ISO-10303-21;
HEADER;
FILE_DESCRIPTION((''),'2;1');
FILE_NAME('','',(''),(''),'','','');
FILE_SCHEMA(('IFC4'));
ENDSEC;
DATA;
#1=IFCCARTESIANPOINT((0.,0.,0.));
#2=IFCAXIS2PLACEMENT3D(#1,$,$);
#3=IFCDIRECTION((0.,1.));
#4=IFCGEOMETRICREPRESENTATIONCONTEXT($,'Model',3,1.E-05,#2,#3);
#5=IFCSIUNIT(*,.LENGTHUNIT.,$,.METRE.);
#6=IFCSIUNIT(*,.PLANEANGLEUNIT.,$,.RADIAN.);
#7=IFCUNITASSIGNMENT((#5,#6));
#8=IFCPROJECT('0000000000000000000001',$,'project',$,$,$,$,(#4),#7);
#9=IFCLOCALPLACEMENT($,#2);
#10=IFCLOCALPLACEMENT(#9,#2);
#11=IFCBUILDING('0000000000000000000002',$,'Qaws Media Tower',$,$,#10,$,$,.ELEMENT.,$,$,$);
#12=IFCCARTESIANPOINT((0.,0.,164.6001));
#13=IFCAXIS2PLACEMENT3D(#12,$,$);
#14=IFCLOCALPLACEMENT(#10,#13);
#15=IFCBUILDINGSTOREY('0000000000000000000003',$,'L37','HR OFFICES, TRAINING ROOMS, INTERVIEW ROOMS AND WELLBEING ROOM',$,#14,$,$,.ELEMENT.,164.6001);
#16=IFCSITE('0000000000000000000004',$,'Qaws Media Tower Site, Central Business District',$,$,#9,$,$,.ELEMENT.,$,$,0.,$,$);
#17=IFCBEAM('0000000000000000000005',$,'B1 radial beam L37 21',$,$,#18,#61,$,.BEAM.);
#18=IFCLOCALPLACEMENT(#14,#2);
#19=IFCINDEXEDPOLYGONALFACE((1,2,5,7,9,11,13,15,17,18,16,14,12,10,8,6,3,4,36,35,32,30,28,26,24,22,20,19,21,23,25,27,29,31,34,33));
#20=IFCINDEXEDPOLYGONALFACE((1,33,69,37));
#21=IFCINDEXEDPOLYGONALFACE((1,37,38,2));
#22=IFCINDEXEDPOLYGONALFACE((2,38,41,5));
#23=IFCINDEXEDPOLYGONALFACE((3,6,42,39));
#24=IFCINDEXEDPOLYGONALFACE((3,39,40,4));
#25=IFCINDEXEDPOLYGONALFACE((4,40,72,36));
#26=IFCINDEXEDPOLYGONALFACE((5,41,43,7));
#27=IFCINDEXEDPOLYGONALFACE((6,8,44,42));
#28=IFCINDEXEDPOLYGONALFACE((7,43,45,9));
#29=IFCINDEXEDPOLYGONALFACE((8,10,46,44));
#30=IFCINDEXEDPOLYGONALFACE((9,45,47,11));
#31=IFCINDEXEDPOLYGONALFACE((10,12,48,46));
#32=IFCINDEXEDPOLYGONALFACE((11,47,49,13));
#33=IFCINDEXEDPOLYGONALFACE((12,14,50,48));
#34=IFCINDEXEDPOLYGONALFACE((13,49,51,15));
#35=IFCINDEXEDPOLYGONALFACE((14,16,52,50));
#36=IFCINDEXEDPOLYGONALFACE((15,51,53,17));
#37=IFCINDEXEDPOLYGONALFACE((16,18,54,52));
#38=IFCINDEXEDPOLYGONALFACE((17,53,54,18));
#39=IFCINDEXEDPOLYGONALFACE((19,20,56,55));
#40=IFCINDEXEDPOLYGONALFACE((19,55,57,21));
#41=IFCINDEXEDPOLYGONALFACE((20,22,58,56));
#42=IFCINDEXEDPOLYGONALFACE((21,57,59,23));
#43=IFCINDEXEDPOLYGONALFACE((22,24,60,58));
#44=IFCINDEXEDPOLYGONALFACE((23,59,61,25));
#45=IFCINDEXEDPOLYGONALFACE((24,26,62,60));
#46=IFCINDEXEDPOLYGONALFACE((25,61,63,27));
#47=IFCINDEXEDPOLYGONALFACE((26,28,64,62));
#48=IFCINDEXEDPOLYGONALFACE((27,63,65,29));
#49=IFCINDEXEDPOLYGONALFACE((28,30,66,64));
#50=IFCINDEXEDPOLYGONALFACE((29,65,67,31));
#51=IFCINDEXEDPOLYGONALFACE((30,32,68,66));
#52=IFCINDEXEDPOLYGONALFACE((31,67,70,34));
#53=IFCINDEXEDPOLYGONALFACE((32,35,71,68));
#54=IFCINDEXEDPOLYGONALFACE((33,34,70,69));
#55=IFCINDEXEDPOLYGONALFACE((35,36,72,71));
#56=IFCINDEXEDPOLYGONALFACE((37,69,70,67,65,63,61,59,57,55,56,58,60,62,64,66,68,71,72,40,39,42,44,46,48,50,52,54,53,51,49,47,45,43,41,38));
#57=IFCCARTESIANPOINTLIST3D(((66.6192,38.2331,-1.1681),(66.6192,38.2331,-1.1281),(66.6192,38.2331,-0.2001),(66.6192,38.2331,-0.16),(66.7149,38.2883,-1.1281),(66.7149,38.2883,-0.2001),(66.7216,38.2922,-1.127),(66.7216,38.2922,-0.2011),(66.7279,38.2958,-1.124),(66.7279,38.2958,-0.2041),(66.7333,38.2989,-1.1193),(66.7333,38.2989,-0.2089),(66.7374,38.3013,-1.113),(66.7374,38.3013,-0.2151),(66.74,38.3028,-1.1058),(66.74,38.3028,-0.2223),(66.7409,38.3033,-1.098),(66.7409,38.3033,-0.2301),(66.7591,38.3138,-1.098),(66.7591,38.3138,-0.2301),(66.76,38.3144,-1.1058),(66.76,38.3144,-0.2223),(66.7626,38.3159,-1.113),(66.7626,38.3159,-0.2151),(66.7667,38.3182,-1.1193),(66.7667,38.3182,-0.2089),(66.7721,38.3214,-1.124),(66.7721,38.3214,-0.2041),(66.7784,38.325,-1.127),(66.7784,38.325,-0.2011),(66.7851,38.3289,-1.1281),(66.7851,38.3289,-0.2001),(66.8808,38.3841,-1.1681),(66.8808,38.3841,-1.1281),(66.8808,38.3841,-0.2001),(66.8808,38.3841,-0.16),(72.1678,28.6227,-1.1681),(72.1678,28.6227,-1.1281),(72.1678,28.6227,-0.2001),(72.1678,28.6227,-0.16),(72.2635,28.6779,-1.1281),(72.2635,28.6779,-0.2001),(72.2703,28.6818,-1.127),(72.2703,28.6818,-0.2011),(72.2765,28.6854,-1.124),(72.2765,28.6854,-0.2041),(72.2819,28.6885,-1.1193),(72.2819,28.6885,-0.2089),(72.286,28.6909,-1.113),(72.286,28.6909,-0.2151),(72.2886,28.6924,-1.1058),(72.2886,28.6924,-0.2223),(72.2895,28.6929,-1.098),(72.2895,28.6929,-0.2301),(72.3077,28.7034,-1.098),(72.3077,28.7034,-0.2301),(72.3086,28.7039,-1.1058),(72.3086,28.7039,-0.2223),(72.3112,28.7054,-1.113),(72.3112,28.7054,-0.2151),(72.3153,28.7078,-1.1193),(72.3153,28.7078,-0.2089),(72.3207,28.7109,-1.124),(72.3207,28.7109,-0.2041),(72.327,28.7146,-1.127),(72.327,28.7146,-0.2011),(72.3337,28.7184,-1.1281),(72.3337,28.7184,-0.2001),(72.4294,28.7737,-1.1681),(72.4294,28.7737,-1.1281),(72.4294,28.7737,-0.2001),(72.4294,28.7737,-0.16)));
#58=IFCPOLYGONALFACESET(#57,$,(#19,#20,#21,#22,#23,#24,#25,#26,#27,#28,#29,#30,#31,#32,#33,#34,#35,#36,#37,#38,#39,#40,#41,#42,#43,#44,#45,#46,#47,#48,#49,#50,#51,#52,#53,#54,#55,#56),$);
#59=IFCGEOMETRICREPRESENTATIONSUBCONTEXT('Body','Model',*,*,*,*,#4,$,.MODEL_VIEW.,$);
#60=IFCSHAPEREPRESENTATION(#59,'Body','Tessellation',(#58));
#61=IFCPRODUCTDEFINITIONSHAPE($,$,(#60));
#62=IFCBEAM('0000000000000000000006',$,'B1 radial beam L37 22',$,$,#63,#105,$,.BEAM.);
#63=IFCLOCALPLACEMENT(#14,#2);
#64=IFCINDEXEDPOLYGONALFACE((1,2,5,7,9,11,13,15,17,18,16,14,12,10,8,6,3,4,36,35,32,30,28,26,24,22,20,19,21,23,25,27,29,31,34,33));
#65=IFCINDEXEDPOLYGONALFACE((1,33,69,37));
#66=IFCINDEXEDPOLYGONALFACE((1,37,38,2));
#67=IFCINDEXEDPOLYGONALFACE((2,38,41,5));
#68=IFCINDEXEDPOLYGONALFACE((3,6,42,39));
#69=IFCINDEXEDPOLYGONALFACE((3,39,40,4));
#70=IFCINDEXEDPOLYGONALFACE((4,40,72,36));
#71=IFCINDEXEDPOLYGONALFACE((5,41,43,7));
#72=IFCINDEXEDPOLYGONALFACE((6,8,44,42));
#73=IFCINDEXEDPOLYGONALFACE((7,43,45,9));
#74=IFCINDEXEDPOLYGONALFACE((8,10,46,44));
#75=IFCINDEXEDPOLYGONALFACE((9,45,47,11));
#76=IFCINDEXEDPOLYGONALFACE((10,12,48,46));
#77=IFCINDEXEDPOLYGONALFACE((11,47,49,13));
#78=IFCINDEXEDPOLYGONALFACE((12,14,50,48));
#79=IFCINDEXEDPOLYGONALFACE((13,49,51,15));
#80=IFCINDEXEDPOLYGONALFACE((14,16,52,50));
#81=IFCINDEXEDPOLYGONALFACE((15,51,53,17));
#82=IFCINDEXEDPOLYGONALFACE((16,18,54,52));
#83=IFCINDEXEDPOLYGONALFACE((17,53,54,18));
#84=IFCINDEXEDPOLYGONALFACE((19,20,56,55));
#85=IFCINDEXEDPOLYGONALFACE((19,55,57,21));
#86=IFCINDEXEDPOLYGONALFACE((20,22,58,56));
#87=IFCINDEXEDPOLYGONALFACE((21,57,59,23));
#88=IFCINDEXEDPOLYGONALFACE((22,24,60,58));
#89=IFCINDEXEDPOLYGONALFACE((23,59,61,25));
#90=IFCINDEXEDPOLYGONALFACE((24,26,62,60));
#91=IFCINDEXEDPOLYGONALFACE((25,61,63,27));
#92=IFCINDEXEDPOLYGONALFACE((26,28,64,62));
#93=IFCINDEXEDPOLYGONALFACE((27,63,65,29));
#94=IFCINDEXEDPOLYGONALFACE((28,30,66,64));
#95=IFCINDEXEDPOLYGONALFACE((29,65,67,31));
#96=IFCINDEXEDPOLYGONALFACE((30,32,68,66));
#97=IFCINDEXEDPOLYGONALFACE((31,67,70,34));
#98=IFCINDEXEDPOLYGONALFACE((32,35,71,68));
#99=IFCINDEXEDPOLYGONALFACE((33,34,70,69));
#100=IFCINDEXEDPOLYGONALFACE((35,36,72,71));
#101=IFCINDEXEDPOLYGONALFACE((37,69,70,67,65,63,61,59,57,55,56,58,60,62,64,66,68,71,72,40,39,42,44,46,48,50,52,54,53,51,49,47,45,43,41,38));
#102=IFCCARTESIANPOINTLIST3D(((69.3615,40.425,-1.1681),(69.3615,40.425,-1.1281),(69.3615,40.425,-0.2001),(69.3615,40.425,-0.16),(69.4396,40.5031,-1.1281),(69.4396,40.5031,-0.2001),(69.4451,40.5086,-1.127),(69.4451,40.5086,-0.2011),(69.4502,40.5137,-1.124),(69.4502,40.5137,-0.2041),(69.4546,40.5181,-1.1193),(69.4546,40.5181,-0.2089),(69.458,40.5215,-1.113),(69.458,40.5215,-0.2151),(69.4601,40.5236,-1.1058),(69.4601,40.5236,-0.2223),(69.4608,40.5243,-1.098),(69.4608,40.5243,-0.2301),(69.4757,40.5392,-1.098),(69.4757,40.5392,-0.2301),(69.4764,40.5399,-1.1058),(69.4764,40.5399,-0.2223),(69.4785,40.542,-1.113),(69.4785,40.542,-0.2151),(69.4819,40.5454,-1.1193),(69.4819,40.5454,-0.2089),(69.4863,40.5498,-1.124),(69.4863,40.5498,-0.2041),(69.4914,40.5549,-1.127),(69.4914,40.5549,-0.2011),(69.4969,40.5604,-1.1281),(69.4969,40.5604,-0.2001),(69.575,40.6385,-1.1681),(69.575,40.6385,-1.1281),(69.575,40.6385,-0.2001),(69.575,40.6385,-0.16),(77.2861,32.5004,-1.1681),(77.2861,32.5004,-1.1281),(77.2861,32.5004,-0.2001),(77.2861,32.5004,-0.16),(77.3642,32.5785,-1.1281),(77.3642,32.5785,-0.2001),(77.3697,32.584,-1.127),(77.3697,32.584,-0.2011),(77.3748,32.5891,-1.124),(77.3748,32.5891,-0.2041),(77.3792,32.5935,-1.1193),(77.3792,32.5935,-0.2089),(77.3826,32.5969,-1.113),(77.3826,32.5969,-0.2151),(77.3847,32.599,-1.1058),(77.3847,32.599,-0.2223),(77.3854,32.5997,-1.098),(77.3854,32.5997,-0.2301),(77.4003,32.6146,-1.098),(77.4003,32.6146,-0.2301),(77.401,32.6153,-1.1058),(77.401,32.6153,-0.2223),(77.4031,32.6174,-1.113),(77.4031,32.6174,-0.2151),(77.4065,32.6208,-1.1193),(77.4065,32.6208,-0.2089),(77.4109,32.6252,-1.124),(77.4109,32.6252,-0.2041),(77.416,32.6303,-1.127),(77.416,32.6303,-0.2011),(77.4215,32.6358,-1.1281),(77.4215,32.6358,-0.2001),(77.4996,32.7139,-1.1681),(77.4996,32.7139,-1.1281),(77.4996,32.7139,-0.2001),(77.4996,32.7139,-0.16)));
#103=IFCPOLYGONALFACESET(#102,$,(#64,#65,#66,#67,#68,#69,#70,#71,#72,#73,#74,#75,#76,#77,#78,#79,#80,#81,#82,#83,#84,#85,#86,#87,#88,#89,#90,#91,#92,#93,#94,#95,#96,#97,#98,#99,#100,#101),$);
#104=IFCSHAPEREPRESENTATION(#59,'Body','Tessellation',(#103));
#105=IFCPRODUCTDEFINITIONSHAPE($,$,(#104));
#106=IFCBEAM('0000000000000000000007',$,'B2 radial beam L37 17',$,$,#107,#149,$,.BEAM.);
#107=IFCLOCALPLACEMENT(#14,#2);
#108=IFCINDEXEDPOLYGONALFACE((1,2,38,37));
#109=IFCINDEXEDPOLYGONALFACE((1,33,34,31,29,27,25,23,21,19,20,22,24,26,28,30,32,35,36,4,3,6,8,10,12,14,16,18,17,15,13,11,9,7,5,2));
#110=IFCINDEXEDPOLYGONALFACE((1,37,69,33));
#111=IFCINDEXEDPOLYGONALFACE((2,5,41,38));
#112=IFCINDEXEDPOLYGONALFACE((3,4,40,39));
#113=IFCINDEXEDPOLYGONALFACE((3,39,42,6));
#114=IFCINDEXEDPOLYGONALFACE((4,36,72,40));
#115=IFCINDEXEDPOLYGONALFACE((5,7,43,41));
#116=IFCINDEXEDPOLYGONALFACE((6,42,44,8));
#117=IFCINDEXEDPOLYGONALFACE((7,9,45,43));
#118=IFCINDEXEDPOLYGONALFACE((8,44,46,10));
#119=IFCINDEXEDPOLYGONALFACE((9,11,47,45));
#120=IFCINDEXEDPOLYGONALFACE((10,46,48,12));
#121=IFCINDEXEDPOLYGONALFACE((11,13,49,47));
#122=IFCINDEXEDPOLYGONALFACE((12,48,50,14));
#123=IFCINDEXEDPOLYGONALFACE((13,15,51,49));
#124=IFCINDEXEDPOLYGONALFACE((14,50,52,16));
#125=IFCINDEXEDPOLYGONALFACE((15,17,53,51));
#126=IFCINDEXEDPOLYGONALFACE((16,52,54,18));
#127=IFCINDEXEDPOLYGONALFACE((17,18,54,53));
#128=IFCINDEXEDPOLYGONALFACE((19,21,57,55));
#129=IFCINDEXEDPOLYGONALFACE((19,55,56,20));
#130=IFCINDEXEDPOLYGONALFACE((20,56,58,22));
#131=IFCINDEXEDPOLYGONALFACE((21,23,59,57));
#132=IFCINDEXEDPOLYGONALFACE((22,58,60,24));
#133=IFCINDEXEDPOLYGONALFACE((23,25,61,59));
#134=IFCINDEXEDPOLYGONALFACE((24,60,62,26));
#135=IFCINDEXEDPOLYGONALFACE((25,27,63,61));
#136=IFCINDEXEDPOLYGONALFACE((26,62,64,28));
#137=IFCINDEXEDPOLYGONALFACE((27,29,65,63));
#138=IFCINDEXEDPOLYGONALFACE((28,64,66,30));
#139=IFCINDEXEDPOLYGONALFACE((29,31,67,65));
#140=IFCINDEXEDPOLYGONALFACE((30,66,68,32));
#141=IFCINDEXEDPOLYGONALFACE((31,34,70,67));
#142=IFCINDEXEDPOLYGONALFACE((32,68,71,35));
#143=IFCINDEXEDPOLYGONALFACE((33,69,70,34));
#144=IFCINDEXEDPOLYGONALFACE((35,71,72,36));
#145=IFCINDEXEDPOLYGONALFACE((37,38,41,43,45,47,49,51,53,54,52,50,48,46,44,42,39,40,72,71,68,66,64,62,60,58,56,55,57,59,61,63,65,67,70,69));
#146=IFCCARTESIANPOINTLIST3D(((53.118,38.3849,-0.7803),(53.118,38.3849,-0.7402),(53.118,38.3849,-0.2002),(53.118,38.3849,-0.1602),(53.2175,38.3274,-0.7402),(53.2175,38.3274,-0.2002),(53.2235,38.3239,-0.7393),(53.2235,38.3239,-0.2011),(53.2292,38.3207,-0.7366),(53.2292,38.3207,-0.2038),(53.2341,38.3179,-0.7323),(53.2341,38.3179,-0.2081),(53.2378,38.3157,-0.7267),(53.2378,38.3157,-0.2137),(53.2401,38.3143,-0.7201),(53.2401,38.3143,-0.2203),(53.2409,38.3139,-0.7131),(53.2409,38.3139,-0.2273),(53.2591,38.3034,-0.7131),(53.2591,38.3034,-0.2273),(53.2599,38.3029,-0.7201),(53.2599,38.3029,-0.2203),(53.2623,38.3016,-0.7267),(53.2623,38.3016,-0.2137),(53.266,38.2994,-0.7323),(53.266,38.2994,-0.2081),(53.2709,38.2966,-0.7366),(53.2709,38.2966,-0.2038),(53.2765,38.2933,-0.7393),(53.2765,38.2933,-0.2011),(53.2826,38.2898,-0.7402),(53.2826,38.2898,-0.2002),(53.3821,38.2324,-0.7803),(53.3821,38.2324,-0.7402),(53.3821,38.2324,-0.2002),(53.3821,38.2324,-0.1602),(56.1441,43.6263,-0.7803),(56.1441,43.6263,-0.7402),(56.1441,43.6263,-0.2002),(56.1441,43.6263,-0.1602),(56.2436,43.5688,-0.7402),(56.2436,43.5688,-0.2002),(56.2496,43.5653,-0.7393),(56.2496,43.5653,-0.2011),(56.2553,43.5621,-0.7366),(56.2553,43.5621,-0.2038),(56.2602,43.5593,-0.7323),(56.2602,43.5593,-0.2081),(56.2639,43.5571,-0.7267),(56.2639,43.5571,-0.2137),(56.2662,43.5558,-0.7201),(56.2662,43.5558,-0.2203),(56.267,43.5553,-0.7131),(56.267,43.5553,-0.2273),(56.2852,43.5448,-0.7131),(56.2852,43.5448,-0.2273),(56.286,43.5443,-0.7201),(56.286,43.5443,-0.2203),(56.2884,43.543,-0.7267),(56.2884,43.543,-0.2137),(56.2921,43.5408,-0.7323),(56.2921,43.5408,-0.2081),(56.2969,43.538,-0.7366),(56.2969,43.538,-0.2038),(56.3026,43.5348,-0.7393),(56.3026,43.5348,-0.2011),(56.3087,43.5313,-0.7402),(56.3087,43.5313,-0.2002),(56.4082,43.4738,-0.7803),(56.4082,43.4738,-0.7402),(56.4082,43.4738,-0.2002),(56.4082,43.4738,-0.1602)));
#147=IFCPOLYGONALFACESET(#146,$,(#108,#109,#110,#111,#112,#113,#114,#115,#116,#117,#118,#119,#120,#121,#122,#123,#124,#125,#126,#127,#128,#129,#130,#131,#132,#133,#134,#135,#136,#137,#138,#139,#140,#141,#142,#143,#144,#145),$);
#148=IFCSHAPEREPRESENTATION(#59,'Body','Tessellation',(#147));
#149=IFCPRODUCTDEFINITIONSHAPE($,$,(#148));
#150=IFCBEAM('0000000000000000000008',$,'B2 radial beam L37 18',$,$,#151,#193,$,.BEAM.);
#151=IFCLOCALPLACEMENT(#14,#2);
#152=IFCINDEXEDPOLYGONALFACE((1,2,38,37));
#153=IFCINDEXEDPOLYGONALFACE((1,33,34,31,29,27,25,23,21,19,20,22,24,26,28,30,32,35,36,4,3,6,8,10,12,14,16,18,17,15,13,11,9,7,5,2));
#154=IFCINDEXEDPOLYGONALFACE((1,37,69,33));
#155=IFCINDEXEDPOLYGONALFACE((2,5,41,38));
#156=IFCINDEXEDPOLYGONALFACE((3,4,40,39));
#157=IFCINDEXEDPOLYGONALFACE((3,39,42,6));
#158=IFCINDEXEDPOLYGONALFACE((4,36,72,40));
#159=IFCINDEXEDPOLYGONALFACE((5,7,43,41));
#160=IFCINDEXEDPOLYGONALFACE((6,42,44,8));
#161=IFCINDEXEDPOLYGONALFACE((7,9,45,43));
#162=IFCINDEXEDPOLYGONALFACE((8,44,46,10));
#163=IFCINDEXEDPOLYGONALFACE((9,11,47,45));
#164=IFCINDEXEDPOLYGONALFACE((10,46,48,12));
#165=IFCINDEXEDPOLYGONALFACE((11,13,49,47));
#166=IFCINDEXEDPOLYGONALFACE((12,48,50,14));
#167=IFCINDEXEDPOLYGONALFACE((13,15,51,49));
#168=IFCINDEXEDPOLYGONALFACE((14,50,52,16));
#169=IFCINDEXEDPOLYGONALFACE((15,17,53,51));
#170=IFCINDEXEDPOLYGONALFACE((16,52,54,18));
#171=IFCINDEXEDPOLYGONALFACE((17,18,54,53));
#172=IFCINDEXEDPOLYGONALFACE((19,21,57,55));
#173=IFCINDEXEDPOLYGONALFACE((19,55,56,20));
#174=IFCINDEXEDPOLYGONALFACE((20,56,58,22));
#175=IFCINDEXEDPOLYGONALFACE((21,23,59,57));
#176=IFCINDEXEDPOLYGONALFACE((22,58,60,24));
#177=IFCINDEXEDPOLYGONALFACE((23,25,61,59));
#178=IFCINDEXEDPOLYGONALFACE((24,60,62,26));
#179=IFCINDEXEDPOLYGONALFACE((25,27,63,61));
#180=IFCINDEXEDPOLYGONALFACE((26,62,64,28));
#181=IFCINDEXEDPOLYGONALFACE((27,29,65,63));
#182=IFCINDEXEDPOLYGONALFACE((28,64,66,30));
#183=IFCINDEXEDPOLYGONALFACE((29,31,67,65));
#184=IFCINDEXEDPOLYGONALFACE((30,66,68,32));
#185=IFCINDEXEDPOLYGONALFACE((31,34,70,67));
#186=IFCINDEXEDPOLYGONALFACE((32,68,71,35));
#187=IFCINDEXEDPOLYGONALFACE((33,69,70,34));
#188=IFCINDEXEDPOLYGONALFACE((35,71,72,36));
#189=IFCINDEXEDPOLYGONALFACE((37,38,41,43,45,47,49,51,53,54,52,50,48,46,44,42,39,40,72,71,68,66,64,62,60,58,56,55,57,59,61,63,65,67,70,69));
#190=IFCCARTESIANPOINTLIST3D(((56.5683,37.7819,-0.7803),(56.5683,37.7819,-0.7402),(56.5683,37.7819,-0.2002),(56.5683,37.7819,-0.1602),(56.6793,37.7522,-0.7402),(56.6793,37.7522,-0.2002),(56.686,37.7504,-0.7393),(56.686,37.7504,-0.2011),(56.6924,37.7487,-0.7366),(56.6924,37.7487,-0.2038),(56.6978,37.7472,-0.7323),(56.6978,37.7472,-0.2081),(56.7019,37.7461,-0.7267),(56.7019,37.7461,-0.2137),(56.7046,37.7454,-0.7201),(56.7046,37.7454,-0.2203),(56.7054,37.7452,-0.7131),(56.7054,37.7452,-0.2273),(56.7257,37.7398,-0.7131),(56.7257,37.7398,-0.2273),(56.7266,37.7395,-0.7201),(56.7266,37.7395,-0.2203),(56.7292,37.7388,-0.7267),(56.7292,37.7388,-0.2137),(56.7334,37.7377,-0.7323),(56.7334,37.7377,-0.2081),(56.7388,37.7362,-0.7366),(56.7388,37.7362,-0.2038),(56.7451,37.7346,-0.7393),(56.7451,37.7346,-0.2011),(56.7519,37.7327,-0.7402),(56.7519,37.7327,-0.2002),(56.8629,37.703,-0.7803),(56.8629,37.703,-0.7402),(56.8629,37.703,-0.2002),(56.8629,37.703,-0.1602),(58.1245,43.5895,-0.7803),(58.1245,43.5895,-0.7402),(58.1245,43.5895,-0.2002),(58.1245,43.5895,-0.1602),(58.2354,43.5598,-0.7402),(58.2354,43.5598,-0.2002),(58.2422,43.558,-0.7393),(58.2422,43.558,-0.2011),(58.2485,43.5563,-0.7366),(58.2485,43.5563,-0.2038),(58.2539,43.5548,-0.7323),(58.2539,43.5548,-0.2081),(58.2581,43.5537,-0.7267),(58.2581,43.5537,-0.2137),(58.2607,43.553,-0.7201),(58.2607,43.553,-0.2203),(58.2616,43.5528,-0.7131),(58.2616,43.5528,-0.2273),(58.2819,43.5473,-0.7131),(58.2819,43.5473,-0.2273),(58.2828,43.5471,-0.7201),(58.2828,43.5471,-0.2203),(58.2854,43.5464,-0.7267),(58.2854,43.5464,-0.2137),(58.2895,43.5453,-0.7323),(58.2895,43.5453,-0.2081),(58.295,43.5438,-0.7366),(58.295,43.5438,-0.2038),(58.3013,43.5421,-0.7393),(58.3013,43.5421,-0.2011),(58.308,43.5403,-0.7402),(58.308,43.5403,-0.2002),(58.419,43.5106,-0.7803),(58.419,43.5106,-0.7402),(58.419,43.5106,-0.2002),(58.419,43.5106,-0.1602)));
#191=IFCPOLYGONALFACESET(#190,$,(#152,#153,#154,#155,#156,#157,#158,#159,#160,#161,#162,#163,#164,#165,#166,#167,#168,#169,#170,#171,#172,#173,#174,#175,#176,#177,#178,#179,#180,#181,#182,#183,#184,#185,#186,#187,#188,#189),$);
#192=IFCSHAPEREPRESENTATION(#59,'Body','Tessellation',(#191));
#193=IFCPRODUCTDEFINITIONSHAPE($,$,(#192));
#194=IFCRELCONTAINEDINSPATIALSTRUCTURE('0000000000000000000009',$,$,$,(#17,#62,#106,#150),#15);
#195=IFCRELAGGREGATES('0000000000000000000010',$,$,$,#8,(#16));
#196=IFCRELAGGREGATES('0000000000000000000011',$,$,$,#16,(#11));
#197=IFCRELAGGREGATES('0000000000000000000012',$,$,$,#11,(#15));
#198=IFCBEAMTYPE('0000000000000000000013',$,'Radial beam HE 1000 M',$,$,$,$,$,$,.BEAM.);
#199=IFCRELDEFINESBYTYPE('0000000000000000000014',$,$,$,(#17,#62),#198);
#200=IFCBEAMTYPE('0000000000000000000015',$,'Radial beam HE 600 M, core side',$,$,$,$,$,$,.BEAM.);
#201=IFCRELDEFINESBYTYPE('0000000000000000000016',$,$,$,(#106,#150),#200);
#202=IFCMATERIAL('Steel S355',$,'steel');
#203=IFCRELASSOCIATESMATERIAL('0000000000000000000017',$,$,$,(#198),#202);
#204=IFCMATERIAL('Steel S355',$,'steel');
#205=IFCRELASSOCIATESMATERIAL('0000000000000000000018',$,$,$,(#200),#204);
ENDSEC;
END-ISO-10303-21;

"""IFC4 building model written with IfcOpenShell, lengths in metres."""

from ifc_helpers import new_model, si_unit, direction, frame, origin, origin_2d, place, context, subcontext, project, spatial, i_section, extrude, material, material_profile, profile_set, type_object, element, save


model = new_model("IFC4")

# Units and contexts
model_context = context("Model", 3, precision=1e-05, world=origin(), true_north=direction((0.0, 1.0)))
body_context = subcontext(model_context, "Body", "Model", "MODEL_VIEW")
ifc_project = project(units=[si_unit("LENGTHUNIT", "METRE"), si_unit("PLANEANGLEUNIT", "RADIAN")], contexts=[model_context])

# Site, building, storey
site_placement = place(None, origin())
site = spatial("IfcSite", under=ifc_project, at=site_placement, Name="Qaws Media Tower Site, Central Business District", CompositionType="ELEMENT", RefElevation=0.0)
building_placement = place(site_placement, origin())
building = spatial("IfcBuilding", under=site, at=building_placement, Name="Qaws Media Tower", CompositionType="ELEMENT")
storey_placement = place(building_placement, frame((0.0, 0.0, 164.6001)))
storey = spatial("IfcBuildingStorey", under=building, at=storey_placement, Name="L37", Description="HR OFFICES, TRAINING ROOMS, INTERVIEW ROOMS AND WELLBEING ROOM", CompositionType="ELEMENT", Elevation=164.6001)

# Beams
ifc_material_1 = material(Name="Steel S355", Category="steel")
ifc_material_profile_1 = material_profile(ifc_material_1, i_section(OverallWidth=0.302, OverallDepth=1.0081, WebThickness=0.021, FlangeThickness=0.04, FilletRadius=0.03, at=origin_2d()), Name="HE 1000 M")
ifc_profile_set_1 = profile_set([ifc_material_profile_1], Name="Steel S355")
beam_type_1 = type_object("IfcBeamType", Name="Radial beam HE 1000 M", PredefinedType="BEAM", material=ifc_profile_set_1)
beam_1_placement = place(storey_placement, frame((66.75, 38.3086, -0.6641), z_axis=(0.500003, -0.866024, 0.0), x_axis=(0.866024, 0.500003, 0.0)))
element("IfcBeam", 1, at=beam_1_placement, inside=storey, type_object=beam_type_1, Name="B1 radial beam L37 21", PredefinedType="BEAM", context=body_context, shape_type="SweptSolid", body=[
    extrude(i_section(OverallWidth=0.302, OverallDepth=1.0081, WebThickness=0.021, FlangeThickness=0.04, FilletRadius=0.03, at=origin_2d()), origin(), (0.0, 0.0, 1.0), 11.0972),
])
beam_2_placement = place(storey_placement, frame((69.4683, 40.5317, -0.6641), z_axis=(0.707107, -0.707107, 0.0), x_axis=(0.707107, 0.707107, 0.0)))
element("IfcBeam", 2, at=beam_2_placement, inside=storey, type_object=beam_type_1, Name="B1 radial beam L37 22", PredefinedType="BEAM", context=body_context, shape_type="SweptSolid", body=[
    extrude(i_section(OverallWidth=0.302, OverallDepth=1.0081, WebThickness=0.021, FlangeThickness=0.04, FilletRadius=0.03, at=origin_2d()), origin(), (0.0, 0.0, 1.0), 11.207),
])
ifc_material_2 = material(Name="Steel S355", Category="steel")
ifc_material_profile_2 = material_profile(ifc_material_2, i_section(OverallWidth=0.3049, OverallDepth=0.6201, WebThickness=0.021, FlangeThickness=0.04, FilletRadius=0.0271, at=origin_2d()), Name="HE 600 M")
ifc_profile_set_2 = profile_set([ifc_material_profile_2], Name="Steel S355")
beam_type_2 = type_object("IfcBeamType", Name="Radial beam HE 600 M, core side", PredefinedType="BEAM", material=ifc_profile_set_2)
beam_3_placement = place(storey_placement, frame((56.2761, 43.55, -0.4702), z_axis=(-0.499996, -0.866028, 0.0), x_axis=(0.866028, -0.499996, 0.0)))
element("IfcBeam", 3, at=beam_3_placement, inside=storey, type_object=beam_type_2, Name="B2 radial beam L37 17", PredefinedType="BEAM", context=body_context, shape_type="SweptSolid", body=[
    extrude(i_section(OverallWidth=0.3049, OverallDepth=0.6201, WebThickness=0.021, FlangeThickness=0.04, FilletRadius=0.0271, at=origin_2d()), origin(), (0.0, 0.0, 1.0), 6.0522),
])
beam_4_placement = place(storey_placement, frame((58.2717, 43.55, -0.4702), z_axis=(-0.25882, -0.965926, 0.0), x_axis=(0.965926, -0.25882, 0.0)))
element("IfcBeam", 4, at=beam_4_placement, inside=storey, type_object=beam_type_2, Name="B2 radial beam L37 18", PredefinedType="BEAM", context=body_context, shape_type="SweptSolid", body=[
    extrude(i_section(OverallWidth=0.3049, OverallDepth=0.6201, WebThickness=0.021, FlangeThickness=0.04, FilletRadius=0.0271, at=origin_2d()), origin(), (0.0, 0.0, 1.0), 6.0125),
])

save(model, "model.ifc")
